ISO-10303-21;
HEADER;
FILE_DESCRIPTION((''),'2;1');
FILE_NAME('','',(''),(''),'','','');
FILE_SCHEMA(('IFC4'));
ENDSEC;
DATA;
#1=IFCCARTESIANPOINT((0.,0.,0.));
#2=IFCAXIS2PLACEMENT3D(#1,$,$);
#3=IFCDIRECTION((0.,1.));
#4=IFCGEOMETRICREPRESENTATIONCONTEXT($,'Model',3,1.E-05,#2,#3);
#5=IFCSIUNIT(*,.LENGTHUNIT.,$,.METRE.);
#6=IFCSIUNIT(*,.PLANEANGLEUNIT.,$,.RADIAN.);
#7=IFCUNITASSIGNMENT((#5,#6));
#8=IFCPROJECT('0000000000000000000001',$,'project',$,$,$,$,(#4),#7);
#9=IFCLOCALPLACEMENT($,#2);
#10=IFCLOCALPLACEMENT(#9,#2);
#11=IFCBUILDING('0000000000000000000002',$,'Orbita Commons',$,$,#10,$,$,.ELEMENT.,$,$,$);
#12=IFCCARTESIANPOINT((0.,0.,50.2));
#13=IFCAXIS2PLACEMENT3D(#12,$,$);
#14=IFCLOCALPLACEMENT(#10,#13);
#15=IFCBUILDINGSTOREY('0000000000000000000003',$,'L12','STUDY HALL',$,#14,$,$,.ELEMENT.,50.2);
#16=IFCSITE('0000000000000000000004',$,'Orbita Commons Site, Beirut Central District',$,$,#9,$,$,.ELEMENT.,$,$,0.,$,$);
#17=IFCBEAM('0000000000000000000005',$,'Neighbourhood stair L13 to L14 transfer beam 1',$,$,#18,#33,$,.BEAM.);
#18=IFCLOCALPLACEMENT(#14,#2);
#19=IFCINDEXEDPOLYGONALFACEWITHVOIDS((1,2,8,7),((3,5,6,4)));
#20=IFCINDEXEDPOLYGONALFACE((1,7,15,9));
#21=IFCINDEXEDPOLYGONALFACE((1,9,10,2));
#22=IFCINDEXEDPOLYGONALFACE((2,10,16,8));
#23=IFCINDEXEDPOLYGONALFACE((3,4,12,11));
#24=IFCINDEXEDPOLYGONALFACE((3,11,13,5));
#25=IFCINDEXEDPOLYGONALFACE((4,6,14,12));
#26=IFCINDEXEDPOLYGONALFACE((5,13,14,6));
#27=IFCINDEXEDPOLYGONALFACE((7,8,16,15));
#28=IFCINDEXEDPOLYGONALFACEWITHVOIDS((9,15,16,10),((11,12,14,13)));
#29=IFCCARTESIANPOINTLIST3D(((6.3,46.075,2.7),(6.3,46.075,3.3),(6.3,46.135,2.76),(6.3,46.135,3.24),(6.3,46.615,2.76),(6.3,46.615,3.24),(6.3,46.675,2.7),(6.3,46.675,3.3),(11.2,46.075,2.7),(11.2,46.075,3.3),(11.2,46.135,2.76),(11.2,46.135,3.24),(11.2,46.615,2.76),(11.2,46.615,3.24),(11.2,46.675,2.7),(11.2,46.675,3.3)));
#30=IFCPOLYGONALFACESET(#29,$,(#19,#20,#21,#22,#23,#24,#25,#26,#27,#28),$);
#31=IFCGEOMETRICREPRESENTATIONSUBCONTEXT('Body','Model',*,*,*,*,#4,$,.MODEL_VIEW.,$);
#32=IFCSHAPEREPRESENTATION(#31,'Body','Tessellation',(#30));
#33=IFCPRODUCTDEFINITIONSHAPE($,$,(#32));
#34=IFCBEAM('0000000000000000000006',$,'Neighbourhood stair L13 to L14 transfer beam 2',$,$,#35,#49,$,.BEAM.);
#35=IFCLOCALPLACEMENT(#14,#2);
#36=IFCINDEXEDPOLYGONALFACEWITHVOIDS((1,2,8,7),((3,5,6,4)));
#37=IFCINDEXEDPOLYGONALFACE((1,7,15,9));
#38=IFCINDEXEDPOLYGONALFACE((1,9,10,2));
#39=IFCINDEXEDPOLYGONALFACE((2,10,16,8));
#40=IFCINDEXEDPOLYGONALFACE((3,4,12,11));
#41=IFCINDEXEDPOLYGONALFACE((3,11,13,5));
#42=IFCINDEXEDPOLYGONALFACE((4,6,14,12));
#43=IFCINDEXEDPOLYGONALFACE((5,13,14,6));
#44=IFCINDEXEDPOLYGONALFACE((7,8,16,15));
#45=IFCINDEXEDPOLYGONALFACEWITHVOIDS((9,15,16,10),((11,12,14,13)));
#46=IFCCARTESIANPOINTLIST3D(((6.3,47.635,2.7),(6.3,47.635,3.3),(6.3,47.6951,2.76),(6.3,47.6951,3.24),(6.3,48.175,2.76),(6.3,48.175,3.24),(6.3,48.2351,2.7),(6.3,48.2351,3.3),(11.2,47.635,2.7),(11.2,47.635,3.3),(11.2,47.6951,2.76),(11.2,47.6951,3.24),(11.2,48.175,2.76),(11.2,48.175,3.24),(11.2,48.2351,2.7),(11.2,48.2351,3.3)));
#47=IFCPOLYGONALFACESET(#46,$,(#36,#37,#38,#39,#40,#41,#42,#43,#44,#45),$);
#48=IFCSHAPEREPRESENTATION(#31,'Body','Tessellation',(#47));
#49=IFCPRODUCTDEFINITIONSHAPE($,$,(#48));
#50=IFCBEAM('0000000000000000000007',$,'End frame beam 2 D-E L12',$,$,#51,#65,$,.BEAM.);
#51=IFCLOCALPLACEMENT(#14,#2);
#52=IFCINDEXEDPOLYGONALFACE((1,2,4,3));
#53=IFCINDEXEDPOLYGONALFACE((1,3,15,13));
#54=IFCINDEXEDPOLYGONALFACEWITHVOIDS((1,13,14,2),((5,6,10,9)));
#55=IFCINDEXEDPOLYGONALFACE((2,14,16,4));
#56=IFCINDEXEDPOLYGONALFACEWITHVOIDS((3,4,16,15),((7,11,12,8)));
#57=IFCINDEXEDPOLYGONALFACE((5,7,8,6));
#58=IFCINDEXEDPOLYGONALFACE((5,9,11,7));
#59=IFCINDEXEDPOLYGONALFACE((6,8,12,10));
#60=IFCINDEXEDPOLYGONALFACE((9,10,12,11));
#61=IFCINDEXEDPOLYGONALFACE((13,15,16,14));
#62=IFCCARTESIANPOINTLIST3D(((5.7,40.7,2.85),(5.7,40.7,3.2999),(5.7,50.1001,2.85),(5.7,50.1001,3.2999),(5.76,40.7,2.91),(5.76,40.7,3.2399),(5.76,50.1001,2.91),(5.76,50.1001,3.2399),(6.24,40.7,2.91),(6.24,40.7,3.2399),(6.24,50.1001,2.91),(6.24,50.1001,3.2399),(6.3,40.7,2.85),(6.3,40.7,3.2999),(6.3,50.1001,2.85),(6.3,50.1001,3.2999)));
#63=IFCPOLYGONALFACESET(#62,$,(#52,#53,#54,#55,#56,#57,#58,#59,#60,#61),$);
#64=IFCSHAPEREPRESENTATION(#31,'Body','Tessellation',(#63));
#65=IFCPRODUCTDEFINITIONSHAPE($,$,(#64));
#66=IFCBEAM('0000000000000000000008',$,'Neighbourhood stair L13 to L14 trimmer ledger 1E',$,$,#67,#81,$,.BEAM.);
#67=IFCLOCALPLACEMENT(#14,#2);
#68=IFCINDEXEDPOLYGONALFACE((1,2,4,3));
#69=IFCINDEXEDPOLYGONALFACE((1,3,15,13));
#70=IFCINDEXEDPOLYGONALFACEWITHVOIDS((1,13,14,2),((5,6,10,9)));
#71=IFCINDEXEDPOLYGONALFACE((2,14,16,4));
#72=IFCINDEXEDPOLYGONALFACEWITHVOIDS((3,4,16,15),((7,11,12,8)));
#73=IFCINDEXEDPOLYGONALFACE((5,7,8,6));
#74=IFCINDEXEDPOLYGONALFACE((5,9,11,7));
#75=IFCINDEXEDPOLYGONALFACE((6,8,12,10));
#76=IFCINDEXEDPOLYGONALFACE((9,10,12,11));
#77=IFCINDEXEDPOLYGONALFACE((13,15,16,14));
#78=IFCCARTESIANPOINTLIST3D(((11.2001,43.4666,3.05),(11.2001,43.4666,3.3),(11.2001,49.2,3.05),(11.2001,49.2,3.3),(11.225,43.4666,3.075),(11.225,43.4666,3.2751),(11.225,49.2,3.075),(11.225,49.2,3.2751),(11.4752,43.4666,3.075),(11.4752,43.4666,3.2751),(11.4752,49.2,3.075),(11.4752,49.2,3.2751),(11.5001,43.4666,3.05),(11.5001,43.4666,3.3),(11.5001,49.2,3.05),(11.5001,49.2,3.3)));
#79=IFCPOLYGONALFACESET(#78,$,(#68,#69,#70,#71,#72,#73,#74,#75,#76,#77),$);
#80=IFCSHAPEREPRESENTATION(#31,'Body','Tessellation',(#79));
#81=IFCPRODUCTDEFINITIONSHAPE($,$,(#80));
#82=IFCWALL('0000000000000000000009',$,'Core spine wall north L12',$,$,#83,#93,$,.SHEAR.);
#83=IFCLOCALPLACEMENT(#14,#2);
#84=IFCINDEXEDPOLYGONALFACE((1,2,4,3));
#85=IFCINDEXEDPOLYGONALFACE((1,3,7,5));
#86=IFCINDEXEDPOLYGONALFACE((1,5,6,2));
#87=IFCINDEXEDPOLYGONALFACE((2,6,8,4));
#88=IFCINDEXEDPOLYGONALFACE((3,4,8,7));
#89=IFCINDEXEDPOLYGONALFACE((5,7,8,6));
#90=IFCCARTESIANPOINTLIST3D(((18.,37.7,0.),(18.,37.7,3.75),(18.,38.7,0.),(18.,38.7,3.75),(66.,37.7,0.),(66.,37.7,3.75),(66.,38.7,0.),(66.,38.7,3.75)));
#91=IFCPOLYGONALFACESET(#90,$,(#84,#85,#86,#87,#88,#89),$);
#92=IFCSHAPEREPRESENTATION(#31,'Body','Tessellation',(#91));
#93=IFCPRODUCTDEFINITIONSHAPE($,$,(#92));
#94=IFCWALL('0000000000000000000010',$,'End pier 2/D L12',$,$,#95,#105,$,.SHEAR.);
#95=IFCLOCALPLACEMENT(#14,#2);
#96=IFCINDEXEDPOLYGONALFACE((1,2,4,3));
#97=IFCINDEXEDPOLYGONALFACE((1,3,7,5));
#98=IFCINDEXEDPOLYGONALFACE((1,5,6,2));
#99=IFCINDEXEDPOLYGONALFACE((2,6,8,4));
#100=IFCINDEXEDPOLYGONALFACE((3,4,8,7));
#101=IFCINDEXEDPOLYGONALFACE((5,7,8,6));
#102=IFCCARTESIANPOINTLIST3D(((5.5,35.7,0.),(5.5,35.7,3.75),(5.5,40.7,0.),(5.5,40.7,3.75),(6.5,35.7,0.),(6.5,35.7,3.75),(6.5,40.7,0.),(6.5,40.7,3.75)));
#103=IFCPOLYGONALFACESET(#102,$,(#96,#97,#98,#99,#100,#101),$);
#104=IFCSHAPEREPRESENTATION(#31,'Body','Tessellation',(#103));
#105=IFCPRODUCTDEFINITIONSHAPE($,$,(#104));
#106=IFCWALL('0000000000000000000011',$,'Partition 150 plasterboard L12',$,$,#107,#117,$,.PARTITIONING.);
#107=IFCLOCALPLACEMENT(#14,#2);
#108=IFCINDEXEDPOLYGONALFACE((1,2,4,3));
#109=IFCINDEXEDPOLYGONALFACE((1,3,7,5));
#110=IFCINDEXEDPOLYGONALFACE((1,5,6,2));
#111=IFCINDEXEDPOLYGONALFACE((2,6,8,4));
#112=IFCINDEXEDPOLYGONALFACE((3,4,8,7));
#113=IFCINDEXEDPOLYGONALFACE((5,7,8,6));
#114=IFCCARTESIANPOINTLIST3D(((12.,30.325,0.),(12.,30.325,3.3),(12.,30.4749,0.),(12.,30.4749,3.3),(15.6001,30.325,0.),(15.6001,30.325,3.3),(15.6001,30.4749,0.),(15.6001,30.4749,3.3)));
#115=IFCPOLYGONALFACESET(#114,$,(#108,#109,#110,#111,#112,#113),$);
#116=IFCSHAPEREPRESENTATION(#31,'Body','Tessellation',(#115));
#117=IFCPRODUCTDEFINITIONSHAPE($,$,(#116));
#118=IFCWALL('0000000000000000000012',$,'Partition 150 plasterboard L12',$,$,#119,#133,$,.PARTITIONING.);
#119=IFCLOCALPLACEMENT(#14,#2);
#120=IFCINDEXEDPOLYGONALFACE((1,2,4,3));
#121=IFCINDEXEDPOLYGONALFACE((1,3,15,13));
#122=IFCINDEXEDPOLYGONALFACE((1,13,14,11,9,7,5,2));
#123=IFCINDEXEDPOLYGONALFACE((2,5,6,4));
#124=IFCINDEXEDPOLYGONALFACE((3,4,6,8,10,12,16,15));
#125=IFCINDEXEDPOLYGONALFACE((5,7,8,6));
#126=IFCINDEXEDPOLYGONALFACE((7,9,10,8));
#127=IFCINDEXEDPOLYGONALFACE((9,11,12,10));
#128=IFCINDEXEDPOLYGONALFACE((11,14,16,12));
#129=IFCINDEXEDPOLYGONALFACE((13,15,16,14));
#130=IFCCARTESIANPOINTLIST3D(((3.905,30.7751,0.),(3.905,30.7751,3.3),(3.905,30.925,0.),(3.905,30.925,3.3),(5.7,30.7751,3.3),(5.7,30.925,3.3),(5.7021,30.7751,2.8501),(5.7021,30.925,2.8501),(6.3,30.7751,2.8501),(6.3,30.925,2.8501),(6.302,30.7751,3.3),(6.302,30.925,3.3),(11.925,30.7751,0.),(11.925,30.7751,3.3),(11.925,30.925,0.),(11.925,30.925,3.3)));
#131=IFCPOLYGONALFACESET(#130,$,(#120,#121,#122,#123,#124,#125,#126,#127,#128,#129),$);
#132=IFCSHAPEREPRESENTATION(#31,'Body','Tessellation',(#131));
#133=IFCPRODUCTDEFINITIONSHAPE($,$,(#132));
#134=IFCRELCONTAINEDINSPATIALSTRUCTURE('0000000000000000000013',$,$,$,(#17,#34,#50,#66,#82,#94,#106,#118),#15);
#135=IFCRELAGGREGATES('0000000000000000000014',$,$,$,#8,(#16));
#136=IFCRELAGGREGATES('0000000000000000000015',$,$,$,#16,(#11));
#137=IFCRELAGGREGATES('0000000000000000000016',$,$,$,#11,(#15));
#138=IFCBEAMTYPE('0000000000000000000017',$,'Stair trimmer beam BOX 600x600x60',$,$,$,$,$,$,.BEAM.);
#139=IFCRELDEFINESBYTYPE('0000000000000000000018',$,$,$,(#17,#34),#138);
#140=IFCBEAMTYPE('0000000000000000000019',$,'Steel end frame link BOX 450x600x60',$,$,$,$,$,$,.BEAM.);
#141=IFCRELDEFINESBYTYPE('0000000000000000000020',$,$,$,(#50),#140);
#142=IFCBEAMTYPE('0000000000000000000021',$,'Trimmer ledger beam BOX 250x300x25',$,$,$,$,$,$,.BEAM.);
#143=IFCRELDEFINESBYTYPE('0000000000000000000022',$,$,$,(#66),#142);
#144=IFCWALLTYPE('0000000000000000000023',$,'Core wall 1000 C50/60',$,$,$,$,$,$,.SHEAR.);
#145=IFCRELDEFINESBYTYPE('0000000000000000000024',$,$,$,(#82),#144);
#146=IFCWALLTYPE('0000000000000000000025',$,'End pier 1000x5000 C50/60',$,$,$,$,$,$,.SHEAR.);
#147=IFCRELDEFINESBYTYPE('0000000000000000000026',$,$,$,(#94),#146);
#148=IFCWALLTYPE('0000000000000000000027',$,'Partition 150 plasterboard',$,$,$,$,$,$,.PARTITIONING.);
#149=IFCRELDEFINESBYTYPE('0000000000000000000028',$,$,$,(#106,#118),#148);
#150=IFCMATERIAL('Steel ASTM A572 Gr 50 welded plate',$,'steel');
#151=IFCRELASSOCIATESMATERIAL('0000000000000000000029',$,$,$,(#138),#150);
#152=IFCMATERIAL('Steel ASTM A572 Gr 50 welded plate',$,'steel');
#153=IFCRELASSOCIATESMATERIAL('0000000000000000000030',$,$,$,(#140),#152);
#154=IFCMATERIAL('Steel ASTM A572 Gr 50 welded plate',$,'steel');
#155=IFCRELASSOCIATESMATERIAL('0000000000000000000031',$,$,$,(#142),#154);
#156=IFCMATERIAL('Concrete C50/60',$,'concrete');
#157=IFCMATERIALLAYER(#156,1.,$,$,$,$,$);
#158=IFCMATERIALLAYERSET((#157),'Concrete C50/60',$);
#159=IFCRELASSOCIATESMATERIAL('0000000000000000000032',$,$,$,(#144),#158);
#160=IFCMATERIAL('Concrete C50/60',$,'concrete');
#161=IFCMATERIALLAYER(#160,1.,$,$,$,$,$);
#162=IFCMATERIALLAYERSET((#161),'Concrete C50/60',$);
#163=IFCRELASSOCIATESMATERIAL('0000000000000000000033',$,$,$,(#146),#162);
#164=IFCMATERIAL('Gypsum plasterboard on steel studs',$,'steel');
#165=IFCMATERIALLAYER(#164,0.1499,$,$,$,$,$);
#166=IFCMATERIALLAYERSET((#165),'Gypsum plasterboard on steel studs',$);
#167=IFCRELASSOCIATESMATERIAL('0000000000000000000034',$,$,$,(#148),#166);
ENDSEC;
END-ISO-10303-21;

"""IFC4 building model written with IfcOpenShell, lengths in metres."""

from ifc_helpers import new_model, si_unit, direction, frame, frame_2d, origin, origin_2d, place, context, subcontext, project, spatial, polyline, rectangle, hollow_rectangle, outline, extrude, material, layer, layer_set, material_profile, profile_set, type_object, element, save


model = new_model("IFC4")

# Units and contexts
model_context = context("Model", 3, precision=1e-05, world=origin(), true_north=direction((0.0, 1.0)))
body_context = subcontext(model_context, "Body", "Model", "MODEL_VIEW")
ifc_project = project(units=[si_unit("LENGTHUNIT", "METRE"), si_unit("PLANEANGLEUNIT", "RADIAN")], contexts=[model_context])

# Site, building, storey
site_placement = place(None, origin())
site = spatial("IfcSite", under=ifc_project, at=site_placement, Name="Orbita Commons Site, Beirut Central District", CompositionType="ELEMENT", RefElevation=0.0)
building_placement = place(site_placement, origin())
building = spatial("IfcBuilding", under=site, at=building_placement, Name="Orbita Commons", CompositionType="ELEMENT")
storey_placement = place(building_placement, frame((0.0, 0.0, 50.2)))
storey = spatial("IfcBuildingStorey", under=building, at=storey_placement, Name="L12", Description="STUDY HALL", CompositionType="ELEMENT", Elevation=50.2)

# Beams
ifc_material_1 = material(Name="Steel ASTM A572 Gr 50 welded plate", Category="steel")
ifc_material_profile_1 = material_profile(ifc_material_1, hollow_rectangle(XDim=0.6001, YDim=0.6001, WallThickness=0.0601, at=origin_2d()), Name="BOX 600x600x60")
ifc_profile_set_1 = profile_set([ifc_material_profile_1], Name="Steel ASTM A572 Gr 50 welded plate")
beam_type_1 = type_object("IfcBeamType", Name="Stair trimmer beam BOX 600x600x60", PredefinedType="BEAM", material=ifc_profile_set_1)
for number, where, z_axis, x_axis, name in (
    (1, (6.3, 46.375, 3.0), (1.0, 0.0, 0.0), (0.0, 1.0, 0.0), "Neighbourhood stair L13 to L14 transfer beam 1"),
    (2, (6.3, 47.9351, 3.0), (1.0, 0.0, 0.0), (0.0, 1.0, 0.0), "Neighbourhood stair L13 to L14 transfer beam 2"),
):
    element("IfcBeam", number, at=place(storey_placement, frame(where, z_axis=z_axis, x_axis=x_axis)), inside=storey, type_object=beam_type_1, Name=name, PredefinedType="BEAM", context=body_context, shape_type="SweptSolid", body=[
        extrude(hollow_rectangle(XDim=0.6001, YDim=0.6001, WallThickness=0.0601, at=origin_2d()), origin(), (0.0, 0.0, 1.0), 4.8999),
    ])
ifc_material_2 = material(Name="Steel ASTM A572 Gr 50 welded plate", Category="steel")
ifc_material_profile_2 = material_profile(ifc_material_2, hollow_rectangle(XDim=0.6001, YDim=0.45, WallThickness=0.0601, at=origin_2d()), Name="BOX 450x600x60")
ifc_profile_set_2 = profile_set([ifc_material_profile_2], Name="Steel ASTM A572 Gr 50 welded plate")
beam_type_2 = type_object("IfcBeamType", Name="Steel end frame link BOX 450x600x60", PredefinedType="BEAM", material=ifc_profile_set_2)
beam_1_placement = place(storey_placement, frame((6.0, 40.7, 3.075), z_axis=(0.0, 1.0, 0.0), x_axis=(-1.0, 0.0, 0.0)))
element("IfcBeam", 3, at=beam_1_placement, inside=storey, type_object=beam_type_2, Name="End frame beam 2 D-E L12", PredefinedType="BEAM", context=body_context, shape_type="SweptSolid", body=[
    extrude(hollow_rectangle(XDim=0.6001, YDim=0.45, WallThickness=0.0601, at=origin_2d()), origin(), (0.0, 0.0, 1.0), 9.4001),
])
ifc_material_3 = material(Name="Steel ASTM A572 Gr 50 welded plate", Category="steel")
ifc_material_profile_3 = material_profile(ifc_material_3, hollow_rectangle(XDim=0.3, YDim=0.25, WallThickness=0.0249, at=origin_2d()), Name="BOX 250x300x25")
ifc_profile_set_3 = profile_set([ifc_material_profile_3], Name="Steel ASTM A572 Gr 50 welded plate")
beam_type_3 = type_object("IfcBeamType", Name="Trimmer ledger beam BOX 250x300x25", PredefinedType="BEAM", material=ifc_profile_set_3)
beam_2_placement = place(storey_placement, frame((11.3501, 43.4666, 3.175), z_axis=(0.0, 1.0, 0.0), x_axis=(-1.0, 0.0, 0.0)))
element("IfcBeam", 4, at=beam_2_placement, inside=storey, type_object=beam_type_3, Name="Neighbourhood stair L13 to L14 trimmer ledger 1E", PredefinedType="BEAM", context=body_context, shape_type="SweptSolid", body=[
    extrude(hollow_rectangle(XDim=0.3, YDim=0.25, WallThickness=0.0249, at=origin_2d()), origin(), (0.0, 0.0, 1.0), 5.7334),
])

# Walls
ifc_material_4 = material(Name="Concrete C50/60", Category="concrete")
ifc_layer_1 = layer(ifc_material_4, 1.0)
ifc_layer_set_1 = layer_set([ifc_layer_1], Name="Concrete C50/60")
wall_type_1 = type_object("IfcWallType", Name="Core wall 1000 C50/60", PredefinedType="SHEAR", material=ifc_layer_set_1)
wall_1_placement = place(storey_placement, frame((18.0, 38.2, 0.0), z_axis=(0.0, 0.0, 1.0), x_axis=(1.0, 0.0, 0.0)))
element("IfcWall", 5, at=wall_1_placement, inside=storey, type_object=wall_type_1, Name="Core spine wall north L12", PredefinedType="SHEAR", context=body_context, shape_type="SweptSolid", body=[
    extrude(rectangle(XDim=48.0, YDim=1.0, at=frame_2d((24.0, 0.0))), origin(), (0.0, 0.0, 1.0), 3.75),
])
ifc_material_5 = material(Name="Concrete C50/60", Category="concrete")
ifc_layer_2 = layer(ifc_material_5, 1.0)
ifc_layer_set_2 = layer_set([ifc_layer_2], Name="Concrete C50/60")
wall_type_2 = type_object("IfcWallType", Name="End pier 1000x5000 C50/60", PredefinedType="SHEAR", material=ifc_layer_set_2)
wall_2_placement = place(storey_placement, frame((6.0, 35.7, 0.0), z_axis=(0.0, 0.0, 1.0), x_axis=(0.0, 1.0, 0.0)))
element("IfcWall", 6, at=wall_2_placement, inside=storey, type_object=wall_type_2, Name="End pier 2/D L12", PredefinedType="SHEAR", context=body_context, shape_type="SweptSolid", body=[
    extrude(rectangle(XDim=5.0, YDim=1.0, at=frame_2d((2.5, 0.0))), origin(), (0.0, 0.0, 1.0), 3.75),
])
ifc_material_6 = material(Name="Gypsum plasterboard on steel studs", Category="steel")
ifc_layer_3 = layer(ifc_material_6, 0.1499)
ifc_layer_set_3 = layer_set([ifc_layer_3], Name="Gypsum plasterboard on steel studs")
wall_type_3 = type_object("IfcWallType", Name="Partition 150 plasterboard", PredefinedType="PARTITIONING", material=ifc_layer_set_3)
wall_3_placement = place(storey_placement, frame((12.0, 30.3999, 0.0), z_axis=(0.0, 0.0, 1.0), x_axis=(1.0, 0.0, 0.0)))
element("IfcWall", 7, at=wall_3_placement, inside=storey, type_object=wall_type_3, Name="Partition 150 plasterboard L12", PredefinedType="PARTITIONING", context=body_context, shape_type="SweptSolid", body=[
    extrude(rectangle(XDim=3.6001, YDim=0.1499, at=frame_2d((1.8, 0.0))), origin(), (0.0, 0.0, 1.0), 3.3),
])
wall_4_placement = place(storey_placement, frame((3.905, 30.8501, 0.0), z_axis=(0.0, 0.0, 1.0), x_axis=(1.0, 0.0, 0.0)))
element("IfcWall", 8, at=wall_4_placement, inside=storey, type_object=wall_type_3, Name="Partition 150 plasterboard L12", PredefinedType="PARTITIONING", context=body_context, shape_type="SweptSolid", body=[
    extrude(outline(polyline([(0.0, 0.0), (8.02, 0.0), (8.02, 3.3), (2.397, 3.3), (2.395, 2.8501), (1.7971, 2.8501), (1.7949, 3.3), (0.0, 3.3), (0.0, 0.0)])), frame((0.0, 0.075, 0.0), z_axis=(0.0, -1.0, 0.0), x_axis=(1.0, 0.0, 0.0)), (0.0, 0.0, 1.0), 0.1499),
])

save(model, "model.ifc")
